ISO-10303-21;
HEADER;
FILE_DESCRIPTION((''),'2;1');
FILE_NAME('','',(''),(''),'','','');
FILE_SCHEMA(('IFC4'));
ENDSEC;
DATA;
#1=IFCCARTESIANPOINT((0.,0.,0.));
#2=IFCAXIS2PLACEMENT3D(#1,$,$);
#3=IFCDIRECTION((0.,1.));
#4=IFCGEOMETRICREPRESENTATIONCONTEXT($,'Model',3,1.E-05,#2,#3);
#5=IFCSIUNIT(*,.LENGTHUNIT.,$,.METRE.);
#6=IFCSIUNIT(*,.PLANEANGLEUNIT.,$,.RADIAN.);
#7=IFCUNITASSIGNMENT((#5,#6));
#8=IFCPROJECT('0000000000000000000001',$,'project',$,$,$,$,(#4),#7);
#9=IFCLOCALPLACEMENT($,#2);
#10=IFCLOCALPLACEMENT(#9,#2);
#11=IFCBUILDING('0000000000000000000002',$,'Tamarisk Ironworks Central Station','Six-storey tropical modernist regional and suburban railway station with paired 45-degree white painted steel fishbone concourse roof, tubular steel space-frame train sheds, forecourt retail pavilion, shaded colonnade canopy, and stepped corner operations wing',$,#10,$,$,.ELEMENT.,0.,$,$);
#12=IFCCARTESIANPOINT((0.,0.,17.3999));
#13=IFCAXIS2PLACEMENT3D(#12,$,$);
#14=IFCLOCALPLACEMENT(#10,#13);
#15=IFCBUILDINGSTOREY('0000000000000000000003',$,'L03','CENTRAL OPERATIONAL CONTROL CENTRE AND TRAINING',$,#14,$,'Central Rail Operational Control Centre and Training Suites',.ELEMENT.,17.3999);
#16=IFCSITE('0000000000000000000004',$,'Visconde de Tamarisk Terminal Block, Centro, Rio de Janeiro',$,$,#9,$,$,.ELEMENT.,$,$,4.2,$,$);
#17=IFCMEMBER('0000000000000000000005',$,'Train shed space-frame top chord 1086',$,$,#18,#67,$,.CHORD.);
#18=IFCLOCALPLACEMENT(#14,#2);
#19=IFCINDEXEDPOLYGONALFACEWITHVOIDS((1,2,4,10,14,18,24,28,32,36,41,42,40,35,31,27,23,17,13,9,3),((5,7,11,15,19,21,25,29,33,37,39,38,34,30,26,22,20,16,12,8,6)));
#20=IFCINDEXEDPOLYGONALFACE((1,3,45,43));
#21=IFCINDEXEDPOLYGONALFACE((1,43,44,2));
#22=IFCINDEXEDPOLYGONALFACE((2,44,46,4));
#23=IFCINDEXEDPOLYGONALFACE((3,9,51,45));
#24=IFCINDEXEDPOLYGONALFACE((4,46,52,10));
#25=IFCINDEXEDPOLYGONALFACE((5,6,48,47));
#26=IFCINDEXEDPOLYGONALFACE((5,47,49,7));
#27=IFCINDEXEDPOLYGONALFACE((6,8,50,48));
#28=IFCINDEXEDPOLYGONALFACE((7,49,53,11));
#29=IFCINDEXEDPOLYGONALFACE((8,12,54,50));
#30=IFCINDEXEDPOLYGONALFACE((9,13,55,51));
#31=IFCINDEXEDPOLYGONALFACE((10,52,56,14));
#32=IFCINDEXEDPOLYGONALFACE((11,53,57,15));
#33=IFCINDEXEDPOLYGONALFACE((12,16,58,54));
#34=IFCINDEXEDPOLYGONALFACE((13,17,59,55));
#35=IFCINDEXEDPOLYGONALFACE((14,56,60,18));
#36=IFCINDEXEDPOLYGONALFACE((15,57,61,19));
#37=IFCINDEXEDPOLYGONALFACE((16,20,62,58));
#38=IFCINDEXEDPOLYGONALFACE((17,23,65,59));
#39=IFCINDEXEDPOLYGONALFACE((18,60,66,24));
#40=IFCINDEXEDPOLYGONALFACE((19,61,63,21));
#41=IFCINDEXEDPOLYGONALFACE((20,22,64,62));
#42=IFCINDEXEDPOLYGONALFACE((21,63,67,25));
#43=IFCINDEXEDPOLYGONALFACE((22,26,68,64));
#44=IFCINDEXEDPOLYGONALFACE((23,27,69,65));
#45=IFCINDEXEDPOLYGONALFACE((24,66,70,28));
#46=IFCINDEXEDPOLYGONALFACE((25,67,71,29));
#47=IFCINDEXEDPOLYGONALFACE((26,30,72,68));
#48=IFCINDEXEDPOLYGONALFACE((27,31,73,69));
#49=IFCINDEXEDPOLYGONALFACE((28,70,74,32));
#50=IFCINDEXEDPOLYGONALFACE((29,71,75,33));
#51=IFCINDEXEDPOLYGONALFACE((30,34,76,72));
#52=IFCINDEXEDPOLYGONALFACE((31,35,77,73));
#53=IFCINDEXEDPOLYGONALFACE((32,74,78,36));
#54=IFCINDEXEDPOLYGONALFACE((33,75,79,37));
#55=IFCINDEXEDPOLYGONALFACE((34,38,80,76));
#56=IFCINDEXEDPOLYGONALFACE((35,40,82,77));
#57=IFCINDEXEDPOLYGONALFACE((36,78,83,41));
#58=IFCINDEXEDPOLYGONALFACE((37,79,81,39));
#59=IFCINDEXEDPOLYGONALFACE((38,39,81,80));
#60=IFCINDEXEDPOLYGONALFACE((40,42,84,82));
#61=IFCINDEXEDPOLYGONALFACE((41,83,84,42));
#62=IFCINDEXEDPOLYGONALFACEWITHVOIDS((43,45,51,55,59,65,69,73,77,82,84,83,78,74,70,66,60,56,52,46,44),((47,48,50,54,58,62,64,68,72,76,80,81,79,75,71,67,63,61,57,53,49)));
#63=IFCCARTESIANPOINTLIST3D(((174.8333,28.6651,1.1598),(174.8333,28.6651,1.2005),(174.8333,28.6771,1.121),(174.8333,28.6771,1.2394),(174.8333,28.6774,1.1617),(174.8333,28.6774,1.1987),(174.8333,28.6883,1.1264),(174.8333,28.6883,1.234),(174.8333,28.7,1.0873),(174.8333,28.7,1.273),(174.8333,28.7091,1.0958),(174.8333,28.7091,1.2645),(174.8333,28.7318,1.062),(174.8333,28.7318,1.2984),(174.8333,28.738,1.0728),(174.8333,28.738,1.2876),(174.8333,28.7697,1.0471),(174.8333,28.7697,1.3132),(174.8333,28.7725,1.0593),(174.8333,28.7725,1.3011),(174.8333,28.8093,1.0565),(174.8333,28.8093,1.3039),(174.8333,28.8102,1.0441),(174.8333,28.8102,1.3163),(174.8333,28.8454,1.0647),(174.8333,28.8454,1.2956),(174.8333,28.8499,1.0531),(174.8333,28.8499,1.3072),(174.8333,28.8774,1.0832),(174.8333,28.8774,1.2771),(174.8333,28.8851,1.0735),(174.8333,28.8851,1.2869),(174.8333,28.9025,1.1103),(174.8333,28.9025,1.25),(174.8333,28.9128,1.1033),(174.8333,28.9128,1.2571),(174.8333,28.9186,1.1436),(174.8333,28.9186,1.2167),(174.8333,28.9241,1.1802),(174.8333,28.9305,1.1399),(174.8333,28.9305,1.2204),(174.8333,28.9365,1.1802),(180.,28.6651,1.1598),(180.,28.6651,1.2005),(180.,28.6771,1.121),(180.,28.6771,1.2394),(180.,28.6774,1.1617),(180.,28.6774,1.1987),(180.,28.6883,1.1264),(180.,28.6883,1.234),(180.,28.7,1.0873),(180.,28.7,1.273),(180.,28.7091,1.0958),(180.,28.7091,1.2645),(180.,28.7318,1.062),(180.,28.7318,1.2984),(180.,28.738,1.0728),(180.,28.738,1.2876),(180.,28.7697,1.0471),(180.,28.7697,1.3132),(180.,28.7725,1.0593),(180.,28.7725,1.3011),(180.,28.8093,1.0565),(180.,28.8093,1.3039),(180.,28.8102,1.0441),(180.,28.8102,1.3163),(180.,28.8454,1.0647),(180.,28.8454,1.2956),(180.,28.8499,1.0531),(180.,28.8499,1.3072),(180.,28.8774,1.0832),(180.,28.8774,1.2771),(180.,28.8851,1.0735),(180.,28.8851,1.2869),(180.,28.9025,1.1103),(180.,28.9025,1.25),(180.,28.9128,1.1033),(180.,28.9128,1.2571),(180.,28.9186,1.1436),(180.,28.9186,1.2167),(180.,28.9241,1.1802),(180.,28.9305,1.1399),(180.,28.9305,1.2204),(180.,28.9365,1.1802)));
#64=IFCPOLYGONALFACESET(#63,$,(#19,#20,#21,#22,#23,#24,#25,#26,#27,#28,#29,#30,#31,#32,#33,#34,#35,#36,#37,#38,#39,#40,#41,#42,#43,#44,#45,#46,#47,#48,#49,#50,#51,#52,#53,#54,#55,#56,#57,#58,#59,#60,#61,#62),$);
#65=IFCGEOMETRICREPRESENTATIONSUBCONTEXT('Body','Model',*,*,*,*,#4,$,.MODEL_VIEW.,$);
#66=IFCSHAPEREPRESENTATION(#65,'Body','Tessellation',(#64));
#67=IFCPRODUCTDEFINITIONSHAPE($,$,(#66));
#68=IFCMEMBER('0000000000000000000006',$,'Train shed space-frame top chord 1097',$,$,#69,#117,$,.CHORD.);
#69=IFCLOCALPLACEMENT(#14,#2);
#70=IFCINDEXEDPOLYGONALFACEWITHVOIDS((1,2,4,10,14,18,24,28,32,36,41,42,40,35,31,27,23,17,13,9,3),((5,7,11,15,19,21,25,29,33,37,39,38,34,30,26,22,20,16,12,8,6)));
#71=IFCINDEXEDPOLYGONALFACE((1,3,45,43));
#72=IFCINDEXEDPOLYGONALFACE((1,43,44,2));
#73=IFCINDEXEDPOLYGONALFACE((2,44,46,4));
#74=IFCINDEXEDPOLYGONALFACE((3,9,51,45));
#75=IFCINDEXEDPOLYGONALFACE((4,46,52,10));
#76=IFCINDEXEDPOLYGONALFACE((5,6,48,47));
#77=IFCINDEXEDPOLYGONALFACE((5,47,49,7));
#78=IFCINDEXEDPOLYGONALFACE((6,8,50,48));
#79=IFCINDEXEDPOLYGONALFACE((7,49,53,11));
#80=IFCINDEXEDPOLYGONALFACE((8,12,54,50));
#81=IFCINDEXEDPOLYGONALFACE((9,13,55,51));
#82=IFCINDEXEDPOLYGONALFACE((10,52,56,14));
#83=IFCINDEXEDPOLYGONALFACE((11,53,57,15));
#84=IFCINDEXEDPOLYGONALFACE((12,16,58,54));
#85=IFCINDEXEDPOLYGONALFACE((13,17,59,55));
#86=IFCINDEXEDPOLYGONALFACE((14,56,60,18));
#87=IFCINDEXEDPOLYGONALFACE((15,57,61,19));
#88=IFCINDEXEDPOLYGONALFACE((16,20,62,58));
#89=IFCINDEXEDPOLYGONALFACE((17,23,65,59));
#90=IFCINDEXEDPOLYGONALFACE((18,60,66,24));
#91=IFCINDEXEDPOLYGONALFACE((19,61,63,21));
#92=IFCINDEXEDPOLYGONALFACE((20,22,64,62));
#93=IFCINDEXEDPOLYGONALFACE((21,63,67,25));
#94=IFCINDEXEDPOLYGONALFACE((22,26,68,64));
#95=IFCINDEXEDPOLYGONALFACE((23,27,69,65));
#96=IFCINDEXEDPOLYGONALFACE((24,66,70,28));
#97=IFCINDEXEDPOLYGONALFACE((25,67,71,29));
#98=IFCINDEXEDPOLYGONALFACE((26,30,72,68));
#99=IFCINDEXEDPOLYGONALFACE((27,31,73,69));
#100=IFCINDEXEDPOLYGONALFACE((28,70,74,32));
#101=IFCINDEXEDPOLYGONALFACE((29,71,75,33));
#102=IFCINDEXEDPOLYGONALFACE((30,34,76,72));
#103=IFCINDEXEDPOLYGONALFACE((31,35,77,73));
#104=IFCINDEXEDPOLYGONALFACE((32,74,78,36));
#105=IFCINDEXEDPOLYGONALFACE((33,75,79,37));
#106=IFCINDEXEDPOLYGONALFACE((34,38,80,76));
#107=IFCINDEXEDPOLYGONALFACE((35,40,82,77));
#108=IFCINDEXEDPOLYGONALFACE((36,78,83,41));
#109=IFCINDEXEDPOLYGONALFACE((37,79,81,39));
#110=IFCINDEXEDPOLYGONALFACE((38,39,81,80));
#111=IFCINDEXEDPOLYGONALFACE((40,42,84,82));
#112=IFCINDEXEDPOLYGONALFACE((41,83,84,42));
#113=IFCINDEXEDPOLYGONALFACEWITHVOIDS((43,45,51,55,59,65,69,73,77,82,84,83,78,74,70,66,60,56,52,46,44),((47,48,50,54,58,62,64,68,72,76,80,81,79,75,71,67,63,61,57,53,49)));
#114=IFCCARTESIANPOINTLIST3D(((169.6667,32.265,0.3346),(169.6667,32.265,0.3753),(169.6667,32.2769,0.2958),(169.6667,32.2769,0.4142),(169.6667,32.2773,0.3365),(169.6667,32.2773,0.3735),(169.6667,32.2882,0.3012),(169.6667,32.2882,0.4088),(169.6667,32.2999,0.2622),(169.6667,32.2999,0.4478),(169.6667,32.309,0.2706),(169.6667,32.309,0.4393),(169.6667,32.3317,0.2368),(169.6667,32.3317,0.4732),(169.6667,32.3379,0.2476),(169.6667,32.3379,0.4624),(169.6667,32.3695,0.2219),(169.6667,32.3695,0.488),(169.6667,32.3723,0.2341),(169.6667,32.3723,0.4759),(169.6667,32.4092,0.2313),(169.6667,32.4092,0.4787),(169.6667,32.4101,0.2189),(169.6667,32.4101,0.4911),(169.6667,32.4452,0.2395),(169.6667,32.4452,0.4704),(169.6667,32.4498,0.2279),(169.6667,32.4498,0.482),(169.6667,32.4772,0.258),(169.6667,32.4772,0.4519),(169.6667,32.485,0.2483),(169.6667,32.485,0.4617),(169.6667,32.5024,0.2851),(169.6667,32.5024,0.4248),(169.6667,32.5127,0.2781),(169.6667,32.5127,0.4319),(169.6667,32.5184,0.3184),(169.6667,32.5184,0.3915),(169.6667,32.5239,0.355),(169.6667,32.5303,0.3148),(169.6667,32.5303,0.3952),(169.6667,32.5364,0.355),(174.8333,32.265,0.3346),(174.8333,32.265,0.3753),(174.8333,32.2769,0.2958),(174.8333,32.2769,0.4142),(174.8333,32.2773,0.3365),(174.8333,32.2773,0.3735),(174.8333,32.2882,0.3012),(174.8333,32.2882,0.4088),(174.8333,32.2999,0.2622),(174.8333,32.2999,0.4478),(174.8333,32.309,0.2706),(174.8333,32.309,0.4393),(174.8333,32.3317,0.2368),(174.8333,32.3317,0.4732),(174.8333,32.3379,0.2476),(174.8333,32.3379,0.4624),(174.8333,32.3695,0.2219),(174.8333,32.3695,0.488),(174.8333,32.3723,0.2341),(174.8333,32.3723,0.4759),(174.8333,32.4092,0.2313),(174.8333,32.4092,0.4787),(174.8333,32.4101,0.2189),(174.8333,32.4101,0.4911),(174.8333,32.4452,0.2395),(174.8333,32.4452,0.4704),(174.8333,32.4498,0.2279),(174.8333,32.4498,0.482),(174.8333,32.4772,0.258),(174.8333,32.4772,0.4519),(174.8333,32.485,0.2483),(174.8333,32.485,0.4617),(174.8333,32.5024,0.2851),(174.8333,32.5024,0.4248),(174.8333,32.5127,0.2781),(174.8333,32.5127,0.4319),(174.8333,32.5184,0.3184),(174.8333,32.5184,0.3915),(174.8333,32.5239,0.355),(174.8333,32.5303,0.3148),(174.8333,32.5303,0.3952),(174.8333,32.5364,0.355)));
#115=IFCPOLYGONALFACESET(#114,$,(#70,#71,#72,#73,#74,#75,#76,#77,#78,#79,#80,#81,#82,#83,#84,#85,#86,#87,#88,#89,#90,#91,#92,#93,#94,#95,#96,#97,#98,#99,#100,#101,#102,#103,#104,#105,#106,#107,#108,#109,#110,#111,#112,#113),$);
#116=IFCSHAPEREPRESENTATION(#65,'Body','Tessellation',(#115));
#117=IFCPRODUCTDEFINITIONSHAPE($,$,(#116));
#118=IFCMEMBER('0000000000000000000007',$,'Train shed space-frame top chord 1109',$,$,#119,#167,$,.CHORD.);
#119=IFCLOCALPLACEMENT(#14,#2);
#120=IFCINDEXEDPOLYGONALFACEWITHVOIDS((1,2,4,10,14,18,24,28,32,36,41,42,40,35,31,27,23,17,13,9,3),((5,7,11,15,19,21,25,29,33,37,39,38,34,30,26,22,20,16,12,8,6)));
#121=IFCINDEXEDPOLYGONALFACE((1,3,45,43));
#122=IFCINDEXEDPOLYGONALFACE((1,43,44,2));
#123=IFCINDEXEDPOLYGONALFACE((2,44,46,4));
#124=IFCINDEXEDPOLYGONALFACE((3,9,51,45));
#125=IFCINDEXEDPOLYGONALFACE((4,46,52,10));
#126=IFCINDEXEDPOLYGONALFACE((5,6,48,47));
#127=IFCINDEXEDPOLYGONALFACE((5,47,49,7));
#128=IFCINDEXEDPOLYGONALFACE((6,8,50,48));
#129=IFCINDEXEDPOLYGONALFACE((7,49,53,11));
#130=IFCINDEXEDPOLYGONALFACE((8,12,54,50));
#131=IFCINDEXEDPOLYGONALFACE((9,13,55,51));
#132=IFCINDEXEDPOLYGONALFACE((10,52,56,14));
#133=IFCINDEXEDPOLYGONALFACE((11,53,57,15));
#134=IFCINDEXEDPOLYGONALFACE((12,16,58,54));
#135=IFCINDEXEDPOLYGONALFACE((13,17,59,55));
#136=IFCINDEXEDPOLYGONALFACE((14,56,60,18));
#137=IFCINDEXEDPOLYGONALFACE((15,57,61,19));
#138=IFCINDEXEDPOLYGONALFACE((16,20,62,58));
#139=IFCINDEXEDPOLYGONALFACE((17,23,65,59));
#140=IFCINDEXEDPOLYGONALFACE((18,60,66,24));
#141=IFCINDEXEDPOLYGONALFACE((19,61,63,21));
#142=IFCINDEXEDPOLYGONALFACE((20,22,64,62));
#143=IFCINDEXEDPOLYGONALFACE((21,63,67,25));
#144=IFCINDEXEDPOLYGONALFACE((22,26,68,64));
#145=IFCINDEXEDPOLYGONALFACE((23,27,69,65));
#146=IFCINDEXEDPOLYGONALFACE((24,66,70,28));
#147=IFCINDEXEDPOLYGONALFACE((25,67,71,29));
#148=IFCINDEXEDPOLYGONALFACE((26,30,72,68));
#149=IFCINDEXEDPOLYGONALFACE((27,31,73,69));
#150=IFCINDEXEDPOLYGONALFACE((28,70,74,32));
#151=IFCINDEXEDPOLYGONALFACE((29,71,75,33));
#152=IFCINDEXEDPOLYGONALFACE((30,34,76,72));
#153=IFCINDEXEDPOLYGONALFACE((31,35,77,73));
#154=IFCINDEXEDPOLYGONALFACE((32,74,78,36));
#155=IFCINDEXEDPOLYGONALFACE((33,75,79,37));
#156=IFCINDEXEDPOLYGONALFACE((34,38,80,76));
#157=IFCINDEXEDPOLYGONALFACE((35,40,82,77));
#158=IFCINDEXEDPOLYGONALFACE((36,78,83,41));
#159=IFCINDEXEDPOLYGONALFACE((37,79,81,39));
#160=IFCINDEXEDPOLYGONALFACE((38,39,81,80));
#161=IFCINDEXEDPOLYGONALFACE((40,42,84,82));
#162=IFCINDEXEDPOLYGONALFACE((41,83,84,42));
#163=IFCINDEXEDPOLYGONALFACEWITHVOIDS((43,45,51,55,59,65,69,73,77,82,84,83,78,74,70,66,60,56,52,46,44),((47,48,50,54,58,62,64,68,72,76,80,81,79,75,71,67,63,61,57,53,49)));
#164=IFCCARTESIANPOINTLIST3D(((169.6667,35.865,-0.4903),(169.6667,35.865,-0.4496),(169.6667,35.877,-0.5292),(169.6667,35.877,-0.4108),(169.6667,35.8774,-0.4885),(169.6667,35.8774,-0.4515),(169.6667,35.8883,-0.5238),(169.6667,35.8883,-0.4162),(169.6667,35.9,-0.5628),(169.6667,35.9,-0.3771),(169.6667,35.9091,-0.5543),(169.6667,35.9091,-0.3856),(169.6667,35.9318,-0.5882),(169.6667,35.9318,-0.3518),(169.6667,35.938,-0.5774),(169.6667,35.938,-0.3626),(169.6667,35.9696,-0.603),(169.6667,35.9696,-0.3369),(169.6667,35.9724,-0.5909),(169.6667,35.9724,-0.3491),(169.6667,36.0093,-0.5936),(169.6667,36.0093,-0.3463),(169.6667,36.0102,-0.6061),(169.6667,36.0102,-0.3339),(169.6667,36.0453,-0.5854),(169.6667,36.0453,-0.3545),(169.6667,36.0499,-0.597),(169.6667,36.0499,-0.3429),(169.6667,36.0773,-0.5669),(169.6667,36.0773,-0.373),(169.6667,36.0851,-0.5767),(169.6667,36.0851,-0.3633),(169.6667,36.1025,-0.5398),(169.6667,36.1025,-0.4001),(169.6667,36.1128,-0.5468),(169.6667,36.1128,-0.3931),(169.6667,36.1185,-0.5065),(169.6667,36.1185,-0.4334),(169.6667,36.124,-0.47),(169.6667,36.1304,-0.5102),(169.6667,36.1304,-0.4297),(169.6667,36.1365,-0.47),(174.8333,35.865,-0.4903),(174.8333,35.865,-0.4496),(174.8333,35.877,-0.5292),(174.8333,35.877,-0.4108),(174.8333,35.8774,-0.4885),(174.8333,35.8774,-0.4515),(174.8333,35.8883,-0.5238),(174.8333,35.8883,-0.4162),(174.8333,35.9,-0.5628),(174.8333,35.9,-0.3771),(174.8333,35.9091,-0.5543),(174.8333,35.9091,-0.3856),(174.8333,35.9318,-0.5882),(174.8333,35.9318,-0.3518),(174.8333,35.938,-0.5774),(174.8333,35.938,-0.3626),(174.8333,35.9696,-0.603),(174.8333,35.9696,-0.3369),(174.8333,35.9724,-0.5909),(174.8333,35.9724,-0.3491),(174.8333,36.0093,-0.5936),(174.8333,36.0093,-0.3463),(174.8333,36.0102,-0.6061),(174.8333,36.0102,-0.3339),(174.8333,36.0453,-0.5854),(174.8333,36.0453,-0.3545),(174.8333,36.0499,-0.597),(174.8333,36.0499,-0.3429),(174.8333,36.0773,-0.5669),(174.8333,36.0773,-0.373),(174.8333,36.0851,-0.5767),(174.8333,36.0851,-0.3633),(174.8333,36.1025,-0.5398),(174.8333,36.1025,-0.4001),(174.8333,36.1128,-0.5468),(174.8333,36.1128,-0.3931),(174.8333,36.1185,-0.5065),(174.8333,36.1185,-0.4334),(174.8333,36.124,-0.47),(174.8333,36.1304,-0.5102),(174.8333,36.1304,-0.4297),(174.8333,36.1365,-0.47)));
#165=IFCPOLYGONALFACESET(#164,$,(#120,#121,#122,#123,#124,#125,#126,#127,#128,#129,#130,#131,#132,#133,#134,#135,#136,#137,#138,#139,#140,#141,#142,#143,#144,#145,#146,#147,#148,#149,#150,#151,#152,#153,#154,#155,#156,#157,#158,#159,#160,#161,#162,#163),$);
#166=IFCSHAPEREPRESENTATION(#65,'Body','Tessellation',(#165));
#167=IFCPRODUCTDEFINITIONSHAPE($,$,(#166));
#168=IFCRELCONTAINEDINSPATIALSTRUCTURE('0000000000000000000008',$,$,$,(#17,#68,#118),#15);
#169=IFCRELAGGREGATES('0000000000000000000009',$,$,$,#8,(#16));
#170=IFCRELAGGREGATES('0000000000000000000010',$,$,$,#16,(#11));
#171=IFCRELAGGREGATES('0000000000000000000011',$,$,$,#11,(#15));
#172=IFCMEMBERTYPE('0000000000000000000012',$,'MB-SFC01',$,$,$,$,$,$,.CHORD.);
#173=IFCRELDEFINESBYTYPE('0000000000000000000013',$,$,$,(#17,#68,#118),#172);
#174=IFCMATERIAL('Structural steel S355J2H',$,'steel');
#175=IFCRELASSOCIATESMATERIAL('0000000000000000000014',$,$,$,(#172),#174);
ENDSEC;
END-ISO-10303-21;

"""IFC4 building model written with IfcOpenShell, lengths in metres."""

from ifc_helpers import new_model, si_unit, direction, frame, origin, origin_2d, place, context, subcontext, project, spatial, hollow_circle, extrude, material, material_profile, profile_set, type_object, element, save


model = new_model("IFC4")

# Units and contexts
model_context = context("Model", 3, precision=1e-05, world=origin(), true_north=direction((0.0, 1.0)))
body_context = subcontext(model_context, "Body", "Model", "MODEL_VIEW")
ifc_project = project(units=[si_unit("LENGTHUNIT", "METRE"), si_unit("PLANEANGLEUNIT", "RADIAN")], contexts=[model_context])

# Site, building, storey
site_placement = place(None, origin())
site = spatial("IfcSite", under=ifc_project, at=site_placement, Name="Visconde de Tamarisk Terminal Block, Centro, Rio de Janeiro", CompositionType="ELEMENT", RefElevation=4.2)
building_placement = place(site_placement, origin())
building = spatial("IfcBuilding", under=site, at=building_placement, Name="Tamarisk Ironworks Central Station", Description="Six-storey tropical modernist regional and suburban railway station with paired 45-degree white painted steel fishbone concourse roof, tubular steel space-frame train sheds, forecourt retail pavilion, shaded colonnade canopy, and stepped corner operations wing", CompositionType="ELEMENT", ElevationOfRefHeight=0.0)
storey_placement = place(building_placement, frame((0.0, 0.0, 17.3999)))
storey = spatial("IfcBuildingStorey", under=building, at=storey_placement, Name="L03", Description="CENTRAL OPERATIONAL CONTROL CENTRE AND TRAINING", LongName="Central Rail Operational Control Centre and Training Suites", CompositionType="ELEMENT", Elevation=17.3999)

# Members
ifc_material = material(Name="Structural steel S355J2H", Category="steel")
ifc_material_profile_1 = material_profile(ifc_material, hollow_circle(Radius=0.1365, WallThickness=0.0125, at=origin_2d()), Name="CHS 273x12.5")
ifc_profile_set_1 = profile_set([ifc_material_profile_1], Name="Structural steel S355J2H")
member_type_1 = type_object("IfcMemberType", Name="MB-SFC01", PredefinedType="CHORD", material=ifc_profile_set_1)
member_1_placement = place(storey_placement, frame((174.8333, 28.8, 1.1802), z_axis=(1.0, 0.0, 0.0), x_axis=(0.0, 1.0, 0.0)))
element("IfcMember", 1, at=member_1_placement, inside=storey, type_object=member_type_1, Name="Train shed space-frame top chord 1086", PredefinedType="CHORD", context=body_context, shape_type="SweptSolid", body=[
    extrude(hollow_circle(Radius=0.1365, WallThickness=0.0125, at=origin_2d()), origin(), (0.0, 0.0, 1.0), 5.1667),
])
for number, where, z_axis, x_axis, name in (
    (2, (169.6667, 32.3999, 0.355), (1.0, 0.0, 0.0), (0.0, 1.0, 0.0), "Train shed space-frame top chord 1097"),
    (3, (169.6667, 36.0, -0.47), (1.0, 0.0, 0.0), (0.0, 1.0, 0.0), "Train shed space-frame top chord 1109"),
):
    element("IfcMember", number, at=place(storey_placement, frame(where, z_axis=z_axis, x_axis=x_axis)), inside=storey, type_object=member_type_1, Name=name, PredefinedType="CHORD", context=body_context, shape_type="SweptSolid", body=[
        extrude(hollow_circle(Radius=0.1365, WallThickness=0.0125, at=origin_2d()), origin(), (0.0, 0.0, 1.0), 5.1665),
    ])

save(model, "model.ifc")
